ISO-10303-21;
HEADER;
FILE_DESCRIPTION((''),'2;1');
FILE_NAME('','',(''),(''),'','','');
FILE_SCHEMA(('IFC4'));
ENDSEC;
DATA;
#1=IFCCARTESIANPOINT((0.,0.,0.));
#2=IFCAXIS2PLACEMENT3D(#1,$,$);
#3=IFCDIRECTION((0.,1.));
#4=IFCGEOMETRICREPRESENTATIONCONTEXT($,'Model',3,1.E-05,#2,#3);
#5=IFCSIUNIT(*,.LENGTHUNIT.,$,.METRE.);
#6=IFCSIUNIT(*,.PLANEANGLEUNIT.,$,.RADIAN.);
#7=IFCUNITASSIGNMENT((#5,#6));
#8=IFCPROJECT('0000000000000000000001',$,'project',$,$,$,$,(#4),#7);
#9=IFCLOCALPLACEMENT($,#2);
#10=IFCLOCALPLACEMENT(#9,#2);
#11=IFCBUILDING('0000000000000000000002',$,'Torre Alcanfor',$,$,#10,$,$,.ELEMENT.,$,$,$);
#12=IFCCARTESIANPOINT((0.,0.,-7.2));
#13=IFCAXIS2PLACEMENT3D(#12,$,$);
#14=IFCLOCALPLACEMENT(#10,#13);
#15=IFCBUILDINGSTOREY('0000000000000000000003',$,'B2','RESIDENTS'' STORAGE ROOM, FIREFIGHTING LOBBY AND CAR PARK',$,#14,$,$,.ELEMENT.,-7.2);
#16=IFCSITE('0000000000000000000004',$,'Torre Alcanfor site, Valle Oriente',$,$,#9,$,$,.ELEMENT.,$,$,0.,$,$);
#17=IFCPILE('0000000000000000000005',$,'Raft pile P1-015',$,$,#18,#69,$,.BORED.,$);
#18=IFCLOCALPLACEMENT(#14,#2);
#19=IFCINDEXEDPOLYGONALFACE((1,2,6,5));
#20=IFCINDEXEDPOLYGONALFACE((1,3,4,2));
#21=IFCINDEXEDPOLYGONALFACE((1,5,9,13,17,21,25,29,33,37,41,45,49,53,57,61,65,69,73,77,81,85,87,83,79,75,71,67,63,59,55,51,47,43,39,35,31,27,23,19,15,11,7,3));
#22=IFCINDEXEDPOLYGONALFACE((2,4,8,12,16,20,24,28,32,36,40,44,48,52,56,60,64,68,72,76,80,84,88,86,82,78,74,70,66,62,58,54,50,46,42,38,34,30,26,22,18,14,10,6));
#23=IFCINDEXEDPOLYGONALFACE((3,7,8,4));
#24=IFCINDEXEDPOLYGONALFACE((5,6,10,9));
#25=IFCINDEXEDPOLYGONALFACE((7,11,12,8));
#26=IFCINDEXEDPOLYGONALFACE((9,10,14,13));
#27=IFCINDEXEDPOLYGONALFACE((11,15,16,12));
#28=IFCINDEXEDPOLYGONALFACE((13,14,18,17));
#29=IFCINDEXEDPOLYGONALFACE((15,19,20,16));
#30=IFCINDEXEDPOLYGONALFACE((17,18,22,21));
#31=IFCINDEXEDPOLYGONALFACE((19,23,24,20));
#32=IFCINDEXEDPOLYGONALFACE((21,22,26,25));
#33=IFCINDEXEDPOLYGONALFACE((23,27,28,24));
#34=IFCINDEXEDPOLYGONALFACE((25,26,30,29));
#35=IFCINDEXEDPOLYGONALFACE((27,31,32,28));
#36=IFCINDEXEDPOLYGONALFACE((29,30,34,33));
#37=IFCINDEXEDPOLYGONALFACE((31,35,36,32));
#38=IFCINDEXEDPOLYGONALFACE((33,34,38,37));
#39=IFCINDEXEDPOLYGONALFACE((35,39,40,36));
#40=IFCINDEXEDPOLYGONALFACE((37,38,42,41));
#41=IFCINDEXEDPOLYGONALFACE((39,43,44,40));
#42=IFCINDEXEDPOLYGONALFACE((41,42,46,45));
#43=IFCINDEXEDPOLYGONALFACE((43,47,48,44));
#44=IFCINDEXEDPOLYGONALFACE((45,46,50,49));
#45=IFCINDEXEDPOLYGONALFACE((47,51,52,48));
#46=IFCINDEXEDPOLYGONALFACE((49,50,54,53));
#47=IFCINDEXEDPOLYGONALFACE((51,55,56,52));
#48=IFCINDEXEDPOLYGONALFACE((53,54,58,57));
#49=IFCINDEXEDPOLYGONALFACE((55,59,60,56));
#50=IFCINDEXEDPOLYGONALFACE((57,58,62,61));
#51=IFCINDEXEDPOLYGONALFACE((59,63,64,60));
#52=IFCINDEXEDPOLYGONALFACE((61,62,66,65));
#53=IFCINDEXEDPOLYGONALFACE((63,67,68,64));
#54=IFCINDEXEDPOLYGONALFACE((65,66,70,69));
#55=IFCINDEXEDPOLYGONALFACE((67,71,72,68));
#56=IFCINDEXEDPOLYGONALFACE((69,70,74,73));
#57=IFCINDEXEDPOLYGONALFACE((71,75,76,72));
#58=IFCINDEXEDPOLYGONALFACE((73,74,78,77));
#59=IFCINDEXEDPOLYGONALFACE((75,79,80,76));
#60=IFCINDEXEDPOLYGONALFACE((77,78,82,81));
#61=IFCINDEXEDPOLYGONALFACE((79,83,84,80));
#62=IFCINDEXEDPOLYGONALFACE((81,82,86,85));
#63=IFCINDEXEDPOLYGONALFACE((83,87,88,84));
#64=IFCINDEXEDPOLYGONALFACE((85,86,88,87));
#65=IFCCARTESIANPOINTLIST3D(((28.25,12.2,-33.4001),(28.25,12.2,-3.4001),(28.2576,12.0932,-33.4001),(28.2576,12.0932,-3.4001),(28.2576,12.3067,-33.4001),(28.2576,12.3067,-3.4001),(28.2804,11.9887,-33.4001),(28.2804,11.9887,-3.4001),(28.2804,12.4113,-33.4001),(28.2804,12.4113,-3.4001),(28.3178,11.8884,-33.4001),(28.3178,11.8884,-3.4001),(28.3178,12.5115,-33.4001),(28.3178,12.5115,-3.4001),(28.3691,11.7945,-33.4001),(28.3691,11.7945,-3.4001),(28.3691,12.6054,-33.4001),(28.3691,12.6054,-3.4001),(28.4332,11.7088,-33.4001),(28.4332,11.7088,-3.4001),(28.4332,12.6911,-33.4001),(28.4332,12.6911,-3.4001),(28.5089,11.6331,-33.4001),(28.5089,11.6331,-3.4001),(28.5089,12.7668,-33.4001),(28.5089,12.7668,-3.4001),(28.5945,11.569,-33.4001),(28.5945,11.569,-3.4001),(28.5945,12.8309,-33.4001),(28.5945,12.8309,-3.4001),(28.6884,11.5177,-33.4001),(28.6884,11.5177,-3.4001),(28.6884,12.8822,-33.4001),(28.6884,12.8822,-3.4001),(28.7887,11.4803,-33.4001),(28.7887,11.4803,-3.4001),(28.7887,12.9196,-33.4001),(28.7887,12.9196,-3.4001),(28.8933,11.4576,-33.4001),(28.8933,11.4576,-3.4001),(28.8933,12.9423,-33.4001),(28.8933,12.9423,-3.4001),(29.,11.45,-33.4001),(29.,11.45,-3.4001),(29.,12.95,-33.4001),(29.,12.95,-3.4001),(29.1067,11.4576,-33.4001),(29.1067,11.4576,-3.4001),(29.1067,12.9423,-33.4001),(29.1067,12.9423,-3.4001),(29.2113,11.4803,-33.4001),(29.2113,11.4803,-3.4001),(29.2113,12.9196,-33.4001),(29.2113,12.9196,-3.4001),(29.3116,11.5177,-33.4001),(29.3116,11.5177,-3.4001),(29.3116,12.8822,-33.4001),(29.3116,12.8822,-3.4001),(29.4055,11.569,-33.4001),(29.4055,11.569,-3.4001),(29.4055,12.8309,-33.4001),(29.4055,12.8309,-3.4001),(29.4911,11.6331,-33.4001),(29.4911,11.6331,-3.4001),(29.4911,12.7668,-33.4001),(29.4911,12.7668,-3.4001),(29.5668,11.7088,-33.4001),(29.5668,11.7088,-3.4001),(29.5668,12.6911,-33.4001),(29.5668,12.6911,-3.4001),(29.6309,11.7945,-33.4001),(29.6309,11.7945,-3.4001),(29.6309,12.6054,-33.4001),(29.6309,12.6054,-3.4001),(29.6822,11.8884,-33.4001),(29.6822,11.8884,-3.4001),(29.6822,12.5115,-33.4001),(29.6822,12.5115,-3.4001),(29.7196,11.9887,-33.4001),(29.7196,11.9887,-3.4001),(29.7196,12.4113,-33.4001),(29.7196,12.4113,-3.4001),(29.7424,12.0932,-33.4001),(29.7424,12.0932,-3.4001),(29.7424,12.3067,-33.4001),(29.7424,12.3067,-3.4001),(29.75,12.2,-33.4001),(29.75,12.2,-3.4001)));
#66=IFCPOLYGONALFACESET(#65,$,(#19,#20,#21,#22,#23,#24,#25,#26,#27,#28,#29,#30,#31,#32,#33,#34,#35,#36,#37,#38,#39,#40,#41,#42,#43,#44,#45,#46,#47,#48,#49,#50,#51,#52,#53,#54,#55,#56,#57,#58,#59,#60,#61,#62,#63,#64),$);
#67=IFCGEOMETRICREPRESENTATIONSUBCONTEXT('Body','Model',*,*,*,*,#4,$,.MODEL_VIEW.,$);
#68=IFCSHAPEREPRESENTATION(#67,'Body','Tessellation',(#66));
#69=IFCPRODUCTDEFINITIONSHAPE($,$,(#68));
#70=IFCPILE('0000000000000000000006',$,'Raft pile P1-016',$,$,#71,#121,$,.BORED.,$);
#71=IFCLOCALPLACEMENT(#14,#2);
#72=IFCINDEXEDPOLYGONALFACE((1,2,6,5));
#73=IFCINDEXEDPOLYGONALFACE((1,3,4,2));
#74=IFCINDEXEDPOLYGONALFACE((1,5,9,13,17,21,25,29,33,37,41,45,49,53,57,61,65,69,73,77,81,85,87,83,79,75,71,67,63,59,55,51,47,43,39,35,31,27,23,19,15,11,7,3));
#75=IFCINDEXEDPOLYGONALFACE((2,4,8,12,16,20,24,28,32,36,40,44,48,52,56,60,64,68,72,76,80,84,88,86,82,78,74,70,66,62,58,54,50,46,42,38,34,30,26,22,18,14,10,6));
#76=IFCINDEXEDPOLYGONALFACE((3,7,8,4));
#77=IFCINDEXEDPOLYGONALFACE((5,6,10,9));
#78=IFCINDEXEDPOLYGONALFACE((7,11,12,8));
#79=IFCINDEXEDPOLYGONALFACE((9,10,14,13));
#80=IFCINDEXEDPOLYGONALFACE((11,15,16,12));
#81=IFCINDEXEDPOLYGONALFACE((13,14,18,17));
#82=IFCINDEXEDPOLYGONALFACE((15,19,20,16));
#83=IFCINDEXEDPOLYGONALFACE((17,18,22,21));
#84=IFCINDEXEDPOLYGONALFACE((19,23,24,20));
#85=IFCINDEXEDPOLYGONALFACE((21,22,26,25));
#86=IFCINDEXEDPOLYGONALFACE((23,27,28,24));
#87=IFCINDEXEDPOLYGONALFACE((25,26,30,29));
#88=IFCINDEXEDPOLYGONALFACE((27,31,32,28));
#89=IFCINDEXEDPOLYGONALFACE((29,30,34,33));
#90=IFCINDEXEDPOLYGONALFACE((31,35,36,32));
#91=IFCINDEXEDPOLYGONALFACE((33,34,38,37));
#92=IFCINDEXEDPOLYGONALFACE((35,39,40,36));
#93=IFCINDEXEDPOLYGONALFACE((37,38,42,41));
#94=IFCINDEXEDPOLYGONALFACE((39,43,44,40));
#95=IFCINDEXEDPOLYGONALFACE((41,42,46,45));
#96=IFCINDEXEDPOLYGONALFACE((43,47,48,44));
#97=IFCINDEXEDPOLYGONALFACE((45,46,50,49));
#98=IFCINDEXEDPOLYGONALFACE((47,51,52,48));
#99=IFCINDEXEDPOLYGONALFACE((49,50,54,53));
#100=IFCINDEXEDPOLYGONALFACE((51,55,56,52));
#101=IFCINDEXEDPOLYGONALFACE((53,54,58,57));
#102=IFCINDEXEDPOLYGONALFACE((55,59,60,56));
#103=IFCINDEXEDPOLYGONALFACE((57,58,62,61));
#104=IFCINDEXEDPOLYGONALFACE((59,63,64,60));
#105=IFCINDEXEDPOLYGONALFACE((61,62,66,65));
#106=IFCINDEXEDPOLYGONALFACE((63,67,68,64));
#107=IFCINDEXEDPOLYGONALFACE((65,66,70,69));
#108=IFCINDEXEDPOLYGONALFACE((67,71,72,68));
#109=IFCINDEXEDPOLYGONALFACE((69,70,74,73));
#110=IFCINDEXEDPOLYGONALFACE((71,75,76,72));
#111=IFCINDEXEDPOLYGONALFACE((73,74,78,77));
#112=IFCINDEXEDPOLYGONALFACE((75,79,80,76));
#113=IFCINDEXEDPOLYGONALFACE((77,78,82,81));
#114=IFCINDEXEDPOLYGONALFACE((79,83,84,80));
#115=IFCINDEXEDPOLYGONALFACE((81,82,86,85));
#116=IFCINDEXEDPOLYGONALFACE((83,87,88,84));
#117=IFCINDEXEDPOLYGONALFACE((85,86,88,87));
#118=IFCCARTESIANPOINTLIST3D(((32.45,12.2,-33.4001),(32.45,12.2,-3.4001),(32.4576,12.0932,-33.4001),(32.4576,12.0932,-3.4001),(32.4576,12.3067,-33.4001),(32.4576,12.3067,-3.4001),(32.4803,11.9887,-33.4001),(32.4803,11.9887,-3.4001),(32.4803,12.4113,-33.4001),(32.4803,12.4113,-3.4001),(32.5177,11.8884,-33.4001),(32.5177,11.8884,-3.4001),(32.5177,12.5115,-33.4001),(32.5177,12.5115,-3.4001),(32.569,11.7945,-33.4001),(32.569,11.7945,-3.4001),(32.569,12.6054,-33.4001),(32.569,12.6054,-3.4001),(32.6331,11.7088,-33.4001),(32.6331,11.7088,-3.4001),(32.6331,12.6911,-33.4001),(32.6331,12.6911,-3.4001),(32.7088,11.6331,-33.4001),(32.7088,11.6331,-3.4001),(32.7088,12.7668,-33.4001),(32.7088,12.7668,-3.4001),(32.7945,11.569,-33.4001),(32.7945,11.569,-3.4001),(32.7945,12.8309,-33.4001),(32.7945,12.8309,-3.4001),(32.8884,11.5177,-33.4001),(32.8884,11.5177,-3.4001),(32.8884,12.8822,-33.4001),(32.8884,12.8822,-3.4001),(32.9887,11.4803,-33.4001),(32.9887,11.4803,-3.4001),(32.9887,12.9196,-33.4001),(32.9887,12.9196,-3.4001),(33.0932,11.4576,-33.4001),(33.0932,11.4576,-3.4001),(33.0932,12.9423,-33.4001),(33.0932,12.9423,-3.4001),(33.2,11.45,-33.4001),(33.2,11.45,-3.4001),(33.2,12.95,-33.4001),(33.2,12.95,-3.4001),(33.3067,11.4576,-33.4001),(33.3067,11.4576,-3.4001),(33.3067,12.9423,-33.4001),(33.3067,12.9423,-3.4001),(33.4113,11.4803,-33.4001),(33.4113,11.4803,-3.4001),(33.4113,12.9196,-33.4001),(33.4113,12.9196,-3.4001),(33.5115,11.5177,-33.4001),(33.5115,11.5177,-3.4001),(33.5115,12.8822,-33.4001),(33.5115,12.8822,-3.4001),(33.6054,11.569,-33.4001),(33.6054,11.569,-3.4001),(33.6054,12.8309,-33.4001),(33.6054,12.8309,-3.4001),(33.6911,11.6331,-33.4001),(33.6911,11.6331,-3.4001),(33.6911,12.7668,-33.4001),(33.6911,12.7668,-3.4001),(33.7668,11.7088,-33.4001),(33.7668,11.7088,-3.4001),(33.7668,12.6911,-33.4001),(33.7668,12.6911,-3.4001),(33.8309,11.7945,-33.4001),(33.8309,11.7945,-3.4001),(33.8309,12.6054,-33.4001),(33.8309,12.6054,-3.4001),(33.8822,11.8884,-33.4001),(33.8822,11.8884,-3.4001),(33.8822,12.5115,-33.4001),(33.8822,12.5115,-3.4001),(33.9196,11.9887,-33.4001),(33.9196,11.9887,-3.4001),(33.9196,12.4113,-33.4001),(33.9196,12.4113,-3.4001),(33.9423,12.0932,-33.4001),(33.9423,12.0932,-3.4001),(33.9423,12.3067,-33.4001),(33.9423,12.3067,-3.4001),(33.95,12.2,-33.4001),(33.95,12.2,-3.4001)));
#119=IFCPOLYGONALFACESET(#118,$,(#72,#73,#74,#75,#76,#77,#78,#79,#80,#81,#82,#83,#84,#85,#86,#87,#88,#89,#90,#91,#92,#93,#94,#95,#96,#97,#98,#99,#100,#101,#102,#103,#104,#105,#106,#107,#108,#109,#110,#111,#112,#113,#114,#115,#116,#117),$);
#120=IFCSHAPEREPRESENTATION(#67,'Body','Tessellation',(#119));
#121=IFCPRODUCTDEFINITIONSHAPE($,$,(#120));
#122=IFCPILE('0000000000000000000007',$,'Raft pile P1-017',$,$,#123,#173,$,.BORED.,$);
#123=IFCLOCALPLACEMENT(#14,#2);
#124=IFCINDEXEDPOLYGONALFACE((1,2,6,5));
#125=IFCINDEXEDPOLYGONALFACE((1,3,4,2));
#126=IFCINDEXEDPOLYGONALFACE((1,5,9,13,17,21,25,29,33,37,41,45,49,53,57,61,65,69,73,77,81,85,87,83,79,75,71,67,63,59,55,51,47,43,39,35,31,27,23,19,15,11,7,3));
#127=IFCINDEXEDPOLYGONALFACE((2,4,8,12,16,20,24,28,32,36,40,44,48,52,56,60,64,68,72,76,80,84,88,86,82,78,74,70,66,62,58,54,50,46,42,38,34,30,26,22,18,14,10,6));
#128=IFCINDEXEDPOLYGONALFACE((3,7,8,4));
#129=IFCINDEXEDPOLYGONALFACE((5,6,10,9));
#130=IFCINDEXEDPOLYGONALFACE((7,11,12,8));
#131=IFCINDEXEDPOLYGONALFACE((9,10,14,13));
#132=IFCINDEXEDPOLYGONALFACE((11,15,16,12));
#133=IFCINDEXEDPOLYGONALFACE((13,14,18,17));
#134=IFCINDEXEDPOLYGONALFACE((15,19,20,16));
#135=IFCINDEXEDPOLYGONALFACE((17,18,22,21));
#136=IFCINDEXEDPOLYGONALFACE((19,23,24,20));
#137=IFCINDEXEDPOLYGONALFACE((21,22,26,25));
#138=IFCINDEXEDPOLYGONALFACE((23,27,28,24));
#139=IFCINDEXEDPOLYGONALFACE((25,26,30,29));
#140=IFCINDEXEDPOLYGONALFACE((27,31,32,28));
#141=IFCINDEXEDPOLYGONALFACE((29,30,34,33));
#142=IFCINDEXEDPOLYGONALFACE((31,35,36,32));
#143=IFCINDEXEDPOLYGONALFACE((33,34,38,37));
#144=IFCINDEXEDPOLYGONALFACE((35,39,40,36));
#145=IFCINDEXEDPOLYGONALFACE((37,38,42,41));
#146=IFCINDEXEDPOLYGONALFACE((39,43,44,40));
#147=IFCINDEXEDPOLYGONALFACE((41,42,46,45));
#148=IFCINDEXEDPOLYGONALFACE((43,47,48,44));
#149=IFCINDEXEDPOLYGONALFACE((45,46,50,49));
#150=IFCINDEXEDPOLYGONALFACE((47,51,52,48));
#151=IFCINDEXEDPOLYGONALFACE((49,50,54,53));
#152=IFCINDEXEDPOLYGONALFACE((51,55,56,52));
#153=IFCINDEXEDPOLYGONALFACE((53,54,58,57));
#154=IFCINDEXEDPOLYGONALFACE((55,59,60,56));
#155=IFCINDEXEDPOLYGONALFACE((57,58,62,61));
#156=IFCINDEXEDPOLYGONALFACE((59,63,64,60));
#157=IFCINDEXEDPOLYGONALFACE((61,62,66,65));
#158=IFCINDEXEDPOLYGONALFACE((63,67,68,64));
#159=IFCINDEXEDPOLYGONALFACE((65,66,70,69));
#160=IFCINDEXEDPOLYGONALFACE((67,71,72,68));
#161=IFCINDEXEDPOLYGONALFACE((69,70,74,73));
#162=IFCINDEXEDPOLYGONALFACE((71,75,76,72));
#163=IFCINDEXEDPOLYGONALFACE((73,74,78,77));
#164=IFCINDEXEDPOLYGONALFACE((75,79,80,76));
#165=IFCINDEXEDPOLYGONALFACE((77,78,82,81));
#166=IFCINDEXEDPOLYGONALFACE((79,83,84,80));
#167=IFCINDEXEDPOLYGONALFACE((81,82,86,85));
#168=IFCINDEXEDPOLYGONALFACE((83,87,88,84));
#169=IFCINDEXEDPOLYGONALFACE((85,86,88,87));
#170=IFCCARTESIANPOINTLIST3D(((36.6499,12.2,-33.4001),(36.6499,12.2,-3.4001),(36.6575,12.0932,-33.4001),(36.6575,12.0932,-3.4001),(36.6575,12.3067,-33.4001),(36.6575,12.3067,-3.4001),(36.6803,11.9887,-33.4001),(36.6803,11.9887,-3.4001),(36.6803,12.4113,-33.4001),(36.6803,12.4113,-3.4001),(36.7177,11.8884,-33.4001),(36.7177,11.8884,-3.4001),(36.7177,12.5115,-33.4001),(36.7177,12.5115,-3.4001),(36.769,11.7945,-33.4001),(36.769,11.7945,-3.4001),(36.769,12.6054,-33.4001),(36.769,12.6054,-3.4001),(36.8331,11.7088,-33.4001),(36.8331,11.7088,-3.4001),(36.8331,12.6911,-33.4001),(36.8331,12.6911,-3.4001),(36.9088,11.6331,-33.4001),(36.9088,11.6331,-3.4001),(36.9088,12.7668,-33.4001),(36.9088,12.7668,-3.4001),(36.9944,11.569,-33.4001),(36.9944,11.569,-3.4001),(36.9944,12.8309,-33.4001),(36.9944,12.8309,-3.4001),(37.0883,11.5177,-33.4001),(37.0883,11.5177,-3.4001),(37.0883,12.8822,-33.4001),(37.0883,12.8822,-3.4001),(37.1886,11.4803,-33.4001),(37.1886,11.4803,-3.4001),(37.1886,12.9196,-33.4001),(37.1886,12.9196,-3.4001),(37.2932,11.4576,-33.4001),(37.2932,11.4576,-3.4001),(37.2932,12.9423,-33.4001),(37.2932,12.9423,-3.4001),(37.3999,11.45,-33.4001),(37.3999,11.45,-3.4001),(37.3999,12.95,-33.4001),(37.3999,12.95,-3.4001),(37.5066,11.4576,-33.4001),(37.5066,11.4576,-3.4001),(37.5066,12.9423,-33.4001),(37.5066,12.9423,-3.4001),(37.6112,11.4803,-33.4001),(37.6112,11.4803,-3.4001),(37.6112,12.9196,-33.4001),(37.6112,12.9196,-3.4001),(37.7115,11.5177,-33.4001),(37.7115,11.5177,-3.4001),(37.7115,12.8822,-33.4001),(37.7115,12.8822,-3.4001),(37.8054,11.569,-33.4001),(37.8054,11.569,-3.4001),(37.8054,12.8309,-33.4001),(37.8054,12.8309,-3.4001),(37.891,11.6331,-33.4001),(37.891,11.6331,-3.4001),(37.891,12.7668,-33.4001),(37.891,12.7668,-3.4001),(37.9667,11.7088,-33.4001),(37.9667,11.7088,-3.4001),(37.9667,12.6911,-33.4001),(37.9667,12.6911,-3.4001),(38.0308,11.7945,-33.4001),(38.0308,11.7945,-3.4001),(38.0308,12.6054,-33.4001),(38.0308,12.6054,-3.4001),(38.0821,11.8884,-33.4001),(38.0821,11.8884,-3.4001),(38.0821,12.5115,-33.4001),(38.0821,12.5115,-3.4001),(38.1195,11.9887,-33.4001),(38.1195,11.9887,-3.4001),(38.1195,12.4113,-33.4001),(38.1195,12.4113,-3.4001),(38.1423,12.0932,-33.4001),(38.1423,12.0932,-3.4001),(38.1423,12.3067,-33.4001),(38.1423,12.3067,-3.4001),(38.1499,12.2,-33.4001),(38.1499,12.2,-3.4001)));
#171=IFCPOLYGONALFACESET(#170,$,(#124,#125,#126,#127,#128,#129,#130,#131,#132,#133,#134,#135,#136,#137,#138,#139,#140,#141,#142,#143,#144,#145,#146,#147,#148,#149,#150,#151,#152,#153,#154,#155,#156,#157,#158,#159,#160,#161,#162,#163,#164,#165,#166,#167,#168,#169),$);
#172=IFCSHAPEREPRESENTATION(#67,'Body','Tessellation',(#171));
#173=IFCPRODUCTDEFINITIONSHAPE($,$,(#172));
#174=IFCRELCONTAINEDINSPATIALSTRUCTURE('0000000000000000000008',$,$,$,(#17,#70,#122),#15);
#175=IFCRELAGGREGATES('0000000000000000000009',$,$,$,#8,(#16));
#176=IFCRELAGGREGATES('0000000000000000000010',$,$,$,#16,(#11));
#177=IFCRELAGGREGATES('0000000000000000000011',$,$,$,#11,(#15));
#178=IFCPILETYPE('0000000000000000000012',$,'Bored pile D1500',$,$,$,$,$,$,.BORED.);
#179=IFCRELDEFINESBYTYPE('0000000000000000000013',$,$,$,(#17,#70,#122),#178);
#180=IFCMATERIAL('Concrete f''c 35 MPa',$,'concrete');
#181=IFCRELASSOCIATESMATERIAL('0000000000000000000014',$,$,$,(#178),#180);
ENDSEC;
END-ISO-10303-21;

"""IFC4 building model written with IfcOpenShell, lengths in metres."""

from ifc_helpers import new_model, si_unit, direction, frame, origin, origin_2d, place, context, subcontext, project, spatial, circle, extrude, material, material_profile, profile_set, type_object, element, save


model = new_model("IFC4")

# Units and contexts
model_context = context("Model", 3, precision=1e-05, world=origin(), true_north=direction((0.0, 1.0)))
body_context = subcontext(model_context, "Body", "Model", "MODEL_VIEW")
ifc_project = project(units=[si_unit("LENGTHUNIT", "METRE"), si_unit("PLANEANGLEUNIT", "RADIAN")], contexts=[model_context])

# Site, building, storey
site_placement = place(None, origin())
site = spatial("IfcSite", under=ifc_project, at=site_placement, Name="Torre Alcanfor site, Valle Oriente", CompositionType="ELEMENT", RefElevation=0.0)
building_placement = place(site_placement, origin())
building = spatial("IfcBuilding", under=site, at=building_placement, Name="Torre Alcanfor", CompositionType="ELEMENT")
storey_placement = place(building_placement, frame((0.0, 0.0, -7.2)))
storey = spatial("IfcBuildingStorey", under=building, at=storey_placement, Name="B2", Description="RESIDENTS' STORAGE ROOM, FIREFIGHTING LOBBY AND CAR PARK", CompositionType="ELEMENT", Elevation=-7.2)

# Piles
ifc_material_1 = material(Name="Concrete f'c 35 MPa", Category="concrete")
ifc_material_profile_1 = material_profile(ifc_material_1, circle(Radius=0.75, at=origin_2d()), Name="D1500")
ifc_profile_set_1 = profile_set([ifc_material_profile_1], Name="Concrete f'c 35 MPa")
pile_type = type_object("IfcPileType", Name="Bored pile D1500", PredefinedType="BORED", material=ifc_profile_set_1)
for number, where, z_axis, x_axis, name in (
    (1, (29.0, 12.2, -3.4001), (0.0, 0.0, -1.0), (1.0, 0.0, 0.0), "Raft pile P1-015"),
    (2, (33.2, 12.2, -3.4001), (0.0, 0.0, -1.0), (1.0, 0.0, 0.0), "Raft pile P1-016"),
    (3, (37.3999, 12.2, -3.4001), (0.0, 0.0, -1.0), (1.0, 0.0, 0.0), "Raft pile P1-017"),
):
    element("IfcPile", number, at=place(storey_placement, frame(where, z_axis=z_axis, x_axis=x_axis)), inside=storey, type_object=pile_type, Name=name, PredefinedType="BORED", context=body_context, shape_type="SweptSolid", body=[
        extrude(circle(Radius=0.75, at=origin_2d()), origin(), (0.0, 0.0, 1.0), 30.0),
    ])

save(model, "model.ifc")
